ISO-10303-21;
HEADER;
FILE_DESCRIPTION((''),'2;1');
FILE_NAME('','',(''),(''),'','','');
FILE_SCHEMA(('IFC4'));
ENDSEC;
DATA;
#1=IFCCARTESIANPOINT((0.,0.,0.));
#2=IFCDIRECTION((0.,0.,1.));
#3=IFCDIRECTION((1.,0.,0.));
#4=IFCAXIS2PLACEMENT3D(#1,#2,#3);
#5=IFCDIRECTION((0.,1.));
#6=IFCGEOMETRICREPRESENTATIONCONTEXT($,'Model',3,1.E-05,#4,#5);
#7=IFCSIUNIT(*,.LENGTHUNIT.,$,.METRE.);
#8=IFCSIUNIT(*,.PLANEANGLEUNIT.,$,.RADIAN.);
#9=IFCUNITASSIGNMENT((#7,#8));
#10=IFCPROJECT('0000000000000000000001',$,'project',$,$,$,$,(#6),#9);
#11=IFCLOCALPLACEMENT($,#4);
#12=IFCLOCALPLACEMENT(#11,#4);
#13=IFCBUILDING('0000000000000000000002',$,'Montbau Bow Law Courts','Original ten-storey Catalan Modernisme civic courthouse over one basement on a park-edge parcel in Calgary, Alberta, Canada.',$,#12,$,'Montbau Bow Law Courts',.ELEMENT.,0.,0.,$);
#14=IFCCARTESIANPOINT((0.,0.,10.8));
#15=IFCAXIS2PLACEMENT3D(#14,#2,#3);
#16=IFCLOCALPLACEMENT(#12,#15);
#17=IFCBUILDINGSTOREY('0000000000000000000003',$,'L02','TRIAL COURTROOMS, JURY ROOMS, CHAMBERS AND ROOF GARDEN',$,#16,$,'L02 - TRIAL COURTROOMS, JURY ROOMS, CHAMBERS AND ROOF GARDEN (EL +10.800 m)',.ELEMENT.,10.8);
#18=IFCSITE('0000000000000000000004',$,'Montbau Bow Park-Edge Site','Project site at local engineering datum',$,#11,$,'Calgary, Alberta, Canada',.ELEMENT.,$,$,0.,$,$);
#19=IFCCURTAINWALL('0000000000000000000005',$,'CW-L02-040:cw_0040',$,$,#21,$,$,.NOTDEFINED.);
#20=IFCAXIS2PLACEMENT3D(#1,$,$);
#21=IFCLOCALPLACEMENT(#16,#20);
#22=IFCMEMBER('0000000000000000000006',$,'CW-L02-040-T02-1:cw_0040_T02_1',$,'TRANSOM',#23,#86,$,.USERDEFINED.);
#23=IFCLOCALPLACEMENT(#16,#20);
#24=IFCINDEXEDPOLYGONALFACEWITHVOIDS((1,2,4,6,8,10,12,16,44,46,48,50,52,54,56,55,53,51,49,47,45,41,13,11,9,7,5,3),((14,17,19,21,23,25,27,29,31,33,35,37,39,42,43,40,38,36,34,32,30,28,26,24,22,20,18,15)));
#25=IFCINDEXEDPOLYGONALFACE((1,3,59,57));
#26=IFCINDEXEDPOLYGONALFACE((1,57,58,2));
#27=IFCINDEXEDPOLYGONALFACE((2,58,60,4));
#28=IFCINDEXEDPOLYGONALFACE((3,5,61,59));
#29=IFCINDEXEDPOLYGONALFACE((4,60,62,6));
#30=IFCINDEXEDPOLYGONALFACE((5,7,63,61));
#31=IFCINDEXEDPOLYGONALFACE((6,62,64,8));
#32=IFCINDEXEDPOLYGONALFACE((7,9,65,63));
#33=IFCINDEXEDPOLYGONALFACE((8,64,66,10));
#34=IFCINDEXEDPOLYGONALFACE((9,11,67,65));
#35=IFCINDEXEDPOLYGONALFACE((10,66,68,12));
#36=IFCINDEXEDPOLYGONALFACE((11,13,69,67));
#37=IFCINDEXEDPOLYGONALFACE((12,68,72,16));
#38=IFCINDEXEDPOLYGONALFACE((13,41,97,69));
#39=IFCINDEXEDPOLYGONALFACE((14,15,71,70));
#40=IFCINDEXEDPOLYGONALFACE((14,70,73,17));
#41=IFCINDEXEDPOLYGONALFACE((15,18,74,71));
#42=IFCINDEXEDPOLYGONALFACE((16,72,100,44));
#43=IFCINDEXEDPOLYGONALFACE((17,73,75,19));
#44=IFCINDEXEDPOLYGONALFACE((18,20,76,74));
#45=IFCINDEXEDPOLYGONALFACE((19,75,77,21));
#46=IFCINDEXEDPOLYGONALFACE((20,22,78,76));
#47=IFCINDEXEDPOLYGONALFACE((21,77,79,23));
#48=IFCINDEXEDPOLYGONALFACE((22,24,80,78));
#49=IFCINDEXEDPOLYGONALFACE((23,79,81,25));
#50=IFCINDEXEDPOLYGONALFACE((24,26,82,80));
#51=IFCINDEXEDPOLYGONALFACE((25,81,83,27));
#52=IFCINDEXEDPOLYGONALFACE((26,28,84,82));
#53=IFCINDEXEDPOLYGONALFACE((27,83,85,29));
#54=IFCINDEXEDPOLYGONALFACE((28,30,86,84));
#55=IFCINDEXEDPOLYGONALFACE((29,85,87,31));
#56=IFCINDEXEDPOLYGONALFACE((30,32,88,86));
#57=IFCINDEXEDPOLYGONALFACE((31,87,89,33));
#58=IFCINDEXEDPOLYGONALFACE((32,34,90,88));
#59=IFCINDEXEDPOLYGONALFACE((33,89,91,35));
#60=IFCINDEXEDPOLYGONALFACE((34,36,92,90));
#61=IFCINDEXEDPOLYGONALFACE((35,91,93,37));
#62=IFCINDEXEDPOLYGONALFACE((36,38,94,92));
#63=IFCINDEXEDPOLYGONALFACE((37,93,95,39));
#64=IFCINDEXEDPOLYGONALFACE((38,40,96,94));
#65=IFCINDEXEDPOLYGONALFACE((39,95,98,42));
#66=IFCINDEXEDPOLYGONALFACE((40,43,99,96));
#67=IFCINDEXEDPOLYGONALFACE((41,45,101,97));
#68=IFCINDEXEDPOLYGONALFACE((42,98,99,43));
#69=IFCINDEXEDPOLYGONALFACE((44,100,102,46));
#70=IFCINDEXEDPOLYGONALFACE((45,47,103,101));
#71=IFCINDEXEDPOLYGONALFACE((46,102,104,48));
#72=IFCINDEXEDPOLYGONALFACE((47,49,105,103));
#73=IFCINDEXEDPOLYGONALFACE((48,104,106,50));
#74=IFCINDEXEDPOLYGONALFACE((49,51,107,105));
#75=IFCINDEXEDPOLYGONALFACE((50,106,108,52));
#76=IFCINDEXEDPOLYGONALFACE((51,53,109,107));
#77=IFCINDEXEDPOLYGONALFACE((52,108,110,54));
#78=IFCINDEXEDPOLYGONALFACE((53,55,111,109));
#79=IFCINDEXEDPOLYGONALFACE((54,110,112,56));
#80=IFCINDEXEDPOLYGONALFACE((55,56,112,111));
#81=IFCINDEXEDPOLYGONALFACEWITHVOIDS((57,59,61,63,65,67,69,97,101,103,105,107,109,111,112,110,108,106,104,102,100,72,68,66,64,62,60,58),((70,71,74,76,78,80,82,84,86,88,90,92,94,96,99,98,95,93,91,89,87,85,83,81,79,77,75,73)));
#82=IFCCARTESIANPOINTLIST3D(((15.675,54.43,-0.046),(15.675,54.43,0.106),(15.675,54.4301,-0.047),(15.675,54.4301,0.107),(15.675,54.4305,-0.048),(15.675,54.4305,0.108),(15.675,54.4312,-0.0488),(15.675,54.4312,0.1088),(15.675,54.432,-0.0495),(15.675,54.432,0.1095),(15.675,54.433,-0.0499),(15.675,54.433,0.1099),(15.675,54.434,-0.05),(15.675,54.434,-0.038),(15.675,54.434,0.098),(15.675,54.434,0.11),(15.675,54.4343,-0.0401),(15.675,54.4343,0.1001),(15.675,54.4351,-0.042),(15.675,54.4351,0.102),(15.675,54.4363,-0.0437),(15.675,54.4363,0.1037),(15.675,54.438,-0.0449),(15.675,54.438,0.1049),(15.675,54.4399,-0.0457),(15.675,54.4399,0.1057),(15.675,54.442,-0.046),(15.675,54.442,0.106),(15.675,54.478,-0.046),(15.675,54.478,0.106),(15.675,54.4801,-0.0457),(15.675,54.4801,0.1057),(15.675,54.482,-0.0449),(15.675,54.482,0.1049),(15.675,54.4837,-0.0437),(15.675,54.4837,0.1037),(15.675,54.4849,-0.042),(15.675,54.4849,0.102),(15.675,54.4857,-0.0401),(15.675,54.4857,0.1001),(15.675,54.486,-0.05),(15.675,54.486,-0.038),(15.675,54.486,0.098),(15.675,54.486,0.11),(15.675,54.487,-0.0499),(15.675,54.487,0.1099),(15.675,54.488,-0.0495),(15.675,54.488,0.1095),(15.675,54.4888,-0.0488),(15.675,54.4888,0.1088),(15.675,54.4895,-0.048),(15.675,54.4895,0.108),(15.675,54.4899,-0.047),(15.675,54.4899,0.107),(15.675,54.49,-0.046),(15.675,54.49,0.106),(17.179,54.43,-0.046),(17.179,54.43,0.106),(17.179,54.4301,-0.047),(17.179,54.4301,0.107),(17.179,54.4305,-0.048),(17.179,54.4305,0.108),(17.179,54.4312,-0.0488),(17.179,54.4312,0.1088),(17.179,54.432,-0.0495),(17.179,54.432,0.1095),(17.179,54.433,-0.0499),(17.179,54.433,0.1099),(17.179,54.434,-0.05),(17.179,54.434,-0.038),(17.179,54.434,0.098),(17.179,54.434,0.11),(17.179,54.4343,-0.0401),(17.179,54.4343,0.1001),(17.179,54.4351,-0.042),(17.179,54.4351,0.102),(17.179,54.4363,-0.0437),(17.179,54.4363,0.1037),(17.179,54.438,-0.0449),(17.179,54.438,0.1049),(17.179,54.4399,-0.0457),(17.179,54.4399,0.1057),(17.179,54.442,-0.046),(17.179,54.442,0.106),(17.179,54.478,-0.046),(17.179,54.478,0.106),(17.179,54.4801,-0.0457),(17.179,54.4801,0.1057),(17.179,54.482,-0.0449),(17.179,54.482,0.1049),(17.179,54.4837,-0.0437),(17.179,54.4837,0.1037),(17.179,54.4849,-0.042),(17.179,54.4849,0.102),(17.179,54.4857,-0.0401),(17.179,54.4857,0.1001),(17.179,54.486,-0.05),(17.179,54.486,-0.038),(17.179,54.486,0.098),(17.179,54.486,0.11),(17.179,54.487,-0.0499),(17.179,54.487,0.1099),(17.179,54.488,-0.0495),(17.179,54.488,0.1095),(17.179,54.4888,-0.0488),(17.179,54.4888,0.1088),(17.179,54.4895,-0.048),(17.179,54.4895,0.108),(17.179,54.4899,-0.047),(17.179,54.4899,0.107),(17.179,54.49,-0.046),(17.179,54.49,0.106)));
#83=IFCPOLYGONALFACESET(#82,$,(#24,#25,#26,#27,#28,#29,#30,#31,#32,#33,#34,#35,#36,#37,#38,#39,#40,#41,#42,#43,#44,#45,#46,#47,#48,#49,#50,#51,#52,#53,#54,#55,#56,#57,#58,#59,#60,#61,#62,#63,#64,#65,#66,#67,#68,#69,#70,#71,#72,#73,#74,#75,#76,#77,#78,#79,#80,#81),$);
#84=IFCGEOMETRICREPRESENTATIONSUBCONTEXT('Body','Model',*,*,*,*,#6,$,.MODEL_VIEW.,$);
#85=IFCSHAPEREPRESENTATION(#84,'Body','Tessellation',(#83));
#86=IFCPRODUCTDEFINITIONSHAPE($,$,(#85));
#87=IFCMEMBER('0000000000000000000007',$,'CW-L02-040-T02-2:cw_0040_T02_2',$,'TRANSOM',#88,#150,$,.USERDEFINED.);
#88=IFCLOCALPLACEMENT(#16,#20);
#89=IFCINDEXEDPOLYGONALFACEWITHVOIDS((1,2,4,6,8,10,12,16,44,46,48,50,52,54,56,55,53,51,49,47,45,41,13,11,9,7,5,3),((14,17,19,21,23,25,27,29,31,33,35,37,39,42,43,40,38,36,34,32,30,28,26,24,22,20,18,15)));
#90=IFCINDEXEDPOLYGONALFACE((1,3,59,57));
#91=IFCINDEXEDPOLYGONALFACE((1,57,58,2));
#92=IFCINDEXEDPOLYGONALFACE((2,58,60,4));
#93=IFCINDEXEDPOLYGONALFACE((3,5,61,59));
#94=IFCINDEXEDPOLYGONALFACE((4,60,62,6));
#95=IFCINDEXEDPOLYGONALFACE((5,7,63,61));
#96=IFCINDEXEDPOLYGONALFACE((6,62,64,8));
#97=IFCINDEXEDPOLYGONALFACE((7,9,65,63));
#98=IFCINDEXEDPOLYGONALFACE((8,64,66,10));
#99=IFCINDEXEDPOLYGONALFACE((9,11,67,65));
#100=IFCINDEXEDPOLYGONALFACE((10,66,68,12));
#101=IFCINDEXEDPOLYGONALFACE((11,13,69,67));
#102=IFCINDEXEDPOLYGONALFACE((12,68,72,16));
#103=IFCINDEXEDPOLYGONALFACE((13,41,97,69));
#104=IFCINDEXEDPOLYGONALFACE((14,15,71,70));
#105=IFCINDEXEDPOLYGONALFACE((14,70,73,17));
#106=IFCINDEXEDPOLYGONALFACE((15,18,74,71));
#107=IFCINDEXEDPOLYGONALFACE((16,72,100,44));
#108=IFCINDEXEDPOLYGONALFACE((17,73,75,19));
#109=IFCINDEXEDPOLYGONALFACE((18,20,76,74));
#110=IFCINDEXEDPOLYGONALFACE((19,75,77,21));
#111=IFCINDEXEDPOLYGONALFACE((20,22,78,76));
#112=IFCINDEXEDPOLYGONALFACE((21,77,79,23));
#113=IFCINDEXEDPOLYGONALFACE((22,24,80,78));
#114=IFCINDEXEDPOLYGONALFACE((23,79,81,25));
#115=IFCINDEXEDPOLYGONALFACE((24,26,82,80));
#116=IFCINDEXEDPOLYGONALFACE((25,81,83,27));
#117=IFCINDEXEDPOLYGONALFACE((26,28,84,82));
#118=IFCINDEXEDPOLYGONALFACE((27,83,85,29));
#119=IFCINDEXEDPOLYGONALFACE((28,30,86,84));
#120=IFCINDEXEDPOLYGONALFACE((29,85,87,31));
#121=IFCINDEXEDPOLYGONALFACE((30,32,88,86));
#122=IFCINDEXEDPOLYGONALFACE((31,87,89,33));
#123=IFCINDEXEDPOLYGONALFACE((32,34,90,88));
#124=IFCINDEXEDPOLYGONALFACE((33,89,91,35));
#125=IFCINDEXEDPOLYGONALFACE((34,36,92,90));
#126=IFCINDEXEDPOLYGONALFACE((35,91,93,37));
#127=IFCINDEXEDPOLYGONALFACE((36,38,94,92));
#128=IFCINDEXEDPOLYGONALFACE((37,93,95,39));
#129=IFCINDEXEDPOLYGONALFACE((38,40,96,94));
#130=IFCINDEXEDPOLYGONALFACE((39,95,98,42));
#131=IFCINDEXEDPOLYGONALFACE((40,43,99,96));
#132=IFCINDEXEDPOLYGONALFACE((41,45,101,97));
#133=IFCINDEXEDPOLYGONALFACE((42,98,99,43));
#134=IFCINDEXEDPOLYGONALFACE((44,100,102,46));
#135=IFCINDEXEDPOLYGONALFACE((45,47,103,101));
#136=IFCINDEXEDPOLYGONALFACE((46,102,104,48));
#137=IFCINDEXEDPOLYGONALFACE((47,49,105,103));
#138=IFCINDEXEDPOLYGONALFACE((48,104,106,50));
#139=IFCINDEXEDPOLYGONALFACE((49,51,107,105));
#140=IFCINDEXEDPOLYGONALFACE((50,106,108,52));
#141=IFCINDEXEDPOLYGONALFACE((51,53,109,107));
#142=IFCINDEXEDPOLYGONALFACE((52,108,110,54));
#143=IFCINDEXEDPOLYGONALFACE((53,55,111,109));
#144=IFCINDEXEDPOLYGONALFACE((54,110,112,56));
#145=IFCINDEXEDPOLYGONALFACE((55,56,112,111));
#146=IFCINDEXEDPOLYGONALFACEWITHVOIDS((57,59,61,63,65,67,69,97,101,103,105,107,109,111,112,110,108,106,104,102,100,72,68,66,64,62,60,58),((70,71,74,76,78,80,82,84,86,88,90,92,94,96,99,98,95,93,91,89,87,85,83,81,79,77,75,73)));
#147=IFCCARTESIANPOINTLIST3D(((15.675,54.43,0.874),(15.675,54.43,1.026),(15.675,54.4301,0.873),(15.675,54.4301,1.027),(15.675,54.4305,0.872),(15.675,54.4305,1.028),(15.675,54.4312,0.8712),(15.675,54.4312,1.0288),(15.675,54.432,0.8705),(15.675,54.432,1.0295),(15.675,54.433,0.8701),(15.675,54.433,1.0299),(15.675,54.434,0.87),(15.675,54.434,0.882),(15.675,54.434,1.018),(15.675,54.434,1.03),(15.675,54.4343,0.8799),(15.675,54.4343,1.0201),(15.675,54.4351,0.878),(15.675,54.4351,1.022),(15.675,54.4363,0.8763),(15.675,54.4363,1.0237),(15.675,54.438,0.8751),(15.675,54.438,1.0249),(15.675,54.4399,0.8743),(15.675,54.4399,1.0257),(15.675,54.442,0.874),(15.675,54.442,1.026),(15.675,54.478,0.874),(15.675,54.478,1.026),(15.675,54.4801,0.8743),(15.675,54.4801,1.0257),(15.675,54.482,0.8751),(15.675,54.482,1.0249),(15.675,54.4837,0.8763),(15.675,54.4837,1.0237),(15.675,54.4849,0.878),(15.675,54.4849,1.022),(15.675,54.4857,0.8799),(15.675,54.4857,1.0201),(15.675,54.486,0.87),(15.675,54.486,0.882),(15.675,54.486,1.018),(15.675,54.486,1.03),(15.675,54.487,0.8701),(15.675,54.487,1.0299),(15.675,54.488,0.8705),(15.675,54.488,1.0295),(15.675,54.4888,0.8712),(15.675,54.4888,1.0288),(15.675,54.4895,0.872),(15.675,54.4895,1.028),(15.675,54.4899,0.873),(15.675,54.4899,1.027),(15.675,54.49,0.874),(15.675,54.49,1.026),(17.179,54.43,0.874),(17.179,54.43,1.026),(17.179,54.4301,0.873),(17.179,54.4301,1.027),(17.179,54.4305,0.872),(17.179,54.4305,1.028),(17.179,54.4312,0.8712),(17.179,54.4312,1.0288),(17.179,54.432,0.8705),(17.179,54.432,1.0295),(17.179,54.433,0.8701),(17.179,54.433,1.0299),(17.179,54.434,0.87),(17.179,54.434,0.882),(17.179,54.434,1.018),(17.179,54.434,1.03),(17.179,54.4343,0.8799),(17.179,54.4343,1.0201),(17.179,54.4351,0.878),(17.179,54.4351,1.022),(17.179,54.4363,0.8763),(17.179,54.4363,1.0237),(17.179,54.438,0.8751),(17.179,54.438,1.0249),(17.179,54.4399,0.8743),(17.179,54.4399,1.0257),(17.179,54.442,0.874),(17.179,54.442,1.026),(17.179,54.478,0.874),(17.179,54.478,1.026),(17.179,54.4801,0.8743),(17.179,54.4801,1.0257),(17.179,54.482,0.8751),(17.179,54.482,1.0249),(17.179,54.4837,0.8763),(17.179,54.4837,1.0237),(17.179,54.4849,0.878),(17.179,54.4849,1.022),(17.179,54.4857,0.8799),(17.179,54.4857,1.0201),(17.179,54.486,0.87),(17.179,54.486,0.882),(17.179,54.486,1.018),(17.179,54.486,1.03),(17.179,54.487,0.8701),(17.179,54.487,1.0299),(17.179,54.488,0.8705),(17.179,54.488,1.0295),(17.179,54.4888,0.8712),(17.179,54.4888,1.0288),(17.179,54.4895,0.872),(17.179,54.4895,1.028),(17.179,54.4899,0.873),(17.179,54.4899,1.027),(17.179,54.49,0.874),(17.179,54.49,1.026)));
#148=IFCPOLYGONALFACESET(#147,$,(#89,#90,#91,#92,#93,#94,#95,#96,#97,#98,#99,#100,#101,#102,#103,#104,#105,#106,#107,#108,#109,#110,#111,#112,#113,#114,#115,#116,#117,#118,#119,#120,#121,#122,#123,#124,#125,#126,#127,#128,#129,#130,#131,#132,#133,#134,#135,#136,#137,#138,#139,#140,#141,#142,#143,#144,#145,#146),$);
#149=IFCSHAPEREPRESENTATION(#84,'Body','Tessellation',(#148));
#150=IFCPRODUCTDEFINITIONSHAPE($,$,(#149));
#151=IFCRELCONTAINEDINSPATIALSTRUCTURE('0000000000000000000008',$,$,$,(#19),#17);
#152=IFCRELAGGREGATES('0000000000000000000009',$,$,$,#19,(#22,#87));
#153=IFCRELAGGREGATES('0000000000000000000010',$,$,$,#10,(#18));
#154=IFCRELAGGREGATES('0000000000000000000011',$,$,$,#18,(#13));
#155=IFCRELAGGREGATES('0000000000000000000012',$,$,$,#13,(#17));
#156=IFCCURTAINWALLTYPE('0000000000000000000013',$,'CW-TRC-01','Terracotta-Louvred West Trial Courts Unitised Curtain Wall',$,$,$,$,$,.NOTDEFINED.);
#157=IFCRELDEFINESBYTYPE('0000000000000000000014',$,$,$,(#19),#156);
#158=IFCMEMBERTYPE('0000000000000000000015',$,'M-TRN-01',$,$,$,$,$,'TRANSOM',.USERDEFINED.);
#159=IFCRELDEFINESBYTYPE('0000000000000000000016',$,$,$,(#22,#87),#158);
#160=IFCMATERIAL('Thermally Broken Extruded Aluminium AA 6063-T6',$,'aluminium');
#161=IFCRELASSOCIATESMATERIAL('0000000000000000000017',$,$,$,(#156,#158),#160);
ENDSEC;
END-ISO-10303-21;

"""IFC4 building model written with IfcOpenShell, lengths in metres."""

from ifc_helpers import new_model, si_unit, direction, frame, origin_with_axes, origin_2d_with_axis, place, context, subcontext, project, spatial, hollow_rectangle, extrude, material, material_profile, profile_set, type_object, element, aggregate, save


model = new_model("IFC4")

# Units and contexts
model_context = context("Model", 3, precision=1e-05, world=origin_with_axes(), true_north=direction((0.0, 1.0)))
body_context = subcontext(model_context, "Body", "Model", "MODEL_VIEW")
ifc_project = project(units=[si_unit("LENGTHUNIT", "METRE"), si_unit("PLANEANGLEUNIT", "RADIAN")], contexts=[model_context])

# Site, building, storey
site_placement = place(None, origin_with_axes())
site = spatial("IfcSite", under=ifc_project, at=site_placement, Name="Montbau Bow Park-Edge Site", Description="Project site at local engineering datum", LongName="Calgary, Alberta, Canada", CompositionType="ELEMENT", RefElevation=0.0)
building_placement = place(site_placement, origin_with_axes())
building = spatial("IfcBuilding", under=site, at=building_placement, Name="Montbau Bow Law Courts", Description="Original ten-storey Catalan Modernisme civic courthouse over one basement on a park-edge parcel in Calgary, Alberta, Canada.", LongName="Montbau Bow Law Courts", CompositionType="ELEMENT", ElevationOfRefHeight=0.0, ElevationOfTerrain=0.0)
storey_placement = place(building_placement, frame((0.0, 0.0, 10.8), z_axis=(0.0, 0.0, 1.0), x_axis=(1.0, 0.0, 0.0)))
storey = spatial("IfcBuildingStorey", under=building, at=storey_placement, Name="L02", Description="TRIAL COURTROOMS, JURY ROOMS, CHAMBERS AND ROOF GARDEN", LongName="L02 - TRIAL COURTROOMS, JURY ROOMS, CHAMBERS AND ROOF GARDEN (EL +10.800 m)", CompositionType="ELEMENT", Elevation=10.8)

# Curtain wall
ifc_material_1 = material(Name="Thermally Broken Extruded Aluminium AA 6063-T6", Category="aluminium")
curtain_wall_type = type_object("IfcCurtainWallType", Name="CW-TRC-01", Description="Terracotta-Louvred West Trial Courts Unitised Curtain Wall", PredefinedType="NOTDEFINED", material=ifc_material_1)
curtain_wall_1_placement = place(None, frame((14.068, 54.46, 10.8), z_axis=(0.0, 0.0, 1.0), x_axis=(1.0, 0.0, 0.0)))
curtain_wall_1 = element("IfcCurtainWall", 1, at=curtain_wall_1_placement, inside=storey, type_object=curtain_wall_type, Name="CW-L02-040:cw_0040", PredefinedType="NOTDEFINED")

# Members
ifc_material_profile_1 = material_profile(ifc_material_1, hollow_rectangle(XDim=0.06, YDim=0.16, WallThickness=0.004, InnerFilletRadius=0.008, OuterFilletRadius=0.004, at=origin_2d_with_axis()), Name="CWT-160X60", Category="Main", Priority=0)
ifc_profile_set_1 = profile_set([ifc_material_profile_1], Name="Thermally Broken Extruded Aluminium AA 6063-T6")
member_type_1 = type_object("IfcMemberType", Name="M-TRN-01", ElementType="TRANSOM", PredefinedType="USERDEFINED", material=ifc_profile_set_1)
member_1_placement = place(None, frame((15.675, 54.46, 10.83), z_axis=(1.0, 0.0, 0.0), x_axis=(0.0, 1.0, 0.0)))
member_1 = element("IfcMember", 2, at=member_1_placement, type_object=member_type_1, Name="CW-L02-040-T02-1:cw_0040_T02_1", ObjectType="TRANSOM", PredefinedType="USERDEFINED", context=body_context, shape_type="SweptSolid", body=[
    extrude(hollow_rectangle(XDim=0.06, YDim=0.16, WallThickness=0.004, InnerFilletRadius=0.008, OuterFilletRadius=0.004, at=origin_2d_with_axis()), origin_with_axes(), (0.0, 0.0, 1.0), 1.504),
])
member_2_placement = place(None, frame((15.675, 54.46, 11.75), z_axis=(1.0, 0.0, 0.0), x_axis=(0.0, 1.0, 0.0)))
member_2 = element("IfcMember", 3, at=member_2_placement, type_object=member_type_1, Name="CW-L02-040-T02-2:cw_0040_T02_2", ObjectType="TRANSOM", PredefinedType="USERDEFINED", context=body_context, shape_type="SweptSolid", body=[
    extrude(hollow_rectangle(XDim=0.06, YDim=0.16, WallThickness=0.004, InnerFilletRadius=0.008, OuterFilletRadius=0.004, at=origin_2d_with_axis()), origin_with_axes(), (0.0, 0.0, 1.0), 1.504),
])

aggregate(curtain_wall_1, [member_1, member_2])

save(model, "model.ifc")
